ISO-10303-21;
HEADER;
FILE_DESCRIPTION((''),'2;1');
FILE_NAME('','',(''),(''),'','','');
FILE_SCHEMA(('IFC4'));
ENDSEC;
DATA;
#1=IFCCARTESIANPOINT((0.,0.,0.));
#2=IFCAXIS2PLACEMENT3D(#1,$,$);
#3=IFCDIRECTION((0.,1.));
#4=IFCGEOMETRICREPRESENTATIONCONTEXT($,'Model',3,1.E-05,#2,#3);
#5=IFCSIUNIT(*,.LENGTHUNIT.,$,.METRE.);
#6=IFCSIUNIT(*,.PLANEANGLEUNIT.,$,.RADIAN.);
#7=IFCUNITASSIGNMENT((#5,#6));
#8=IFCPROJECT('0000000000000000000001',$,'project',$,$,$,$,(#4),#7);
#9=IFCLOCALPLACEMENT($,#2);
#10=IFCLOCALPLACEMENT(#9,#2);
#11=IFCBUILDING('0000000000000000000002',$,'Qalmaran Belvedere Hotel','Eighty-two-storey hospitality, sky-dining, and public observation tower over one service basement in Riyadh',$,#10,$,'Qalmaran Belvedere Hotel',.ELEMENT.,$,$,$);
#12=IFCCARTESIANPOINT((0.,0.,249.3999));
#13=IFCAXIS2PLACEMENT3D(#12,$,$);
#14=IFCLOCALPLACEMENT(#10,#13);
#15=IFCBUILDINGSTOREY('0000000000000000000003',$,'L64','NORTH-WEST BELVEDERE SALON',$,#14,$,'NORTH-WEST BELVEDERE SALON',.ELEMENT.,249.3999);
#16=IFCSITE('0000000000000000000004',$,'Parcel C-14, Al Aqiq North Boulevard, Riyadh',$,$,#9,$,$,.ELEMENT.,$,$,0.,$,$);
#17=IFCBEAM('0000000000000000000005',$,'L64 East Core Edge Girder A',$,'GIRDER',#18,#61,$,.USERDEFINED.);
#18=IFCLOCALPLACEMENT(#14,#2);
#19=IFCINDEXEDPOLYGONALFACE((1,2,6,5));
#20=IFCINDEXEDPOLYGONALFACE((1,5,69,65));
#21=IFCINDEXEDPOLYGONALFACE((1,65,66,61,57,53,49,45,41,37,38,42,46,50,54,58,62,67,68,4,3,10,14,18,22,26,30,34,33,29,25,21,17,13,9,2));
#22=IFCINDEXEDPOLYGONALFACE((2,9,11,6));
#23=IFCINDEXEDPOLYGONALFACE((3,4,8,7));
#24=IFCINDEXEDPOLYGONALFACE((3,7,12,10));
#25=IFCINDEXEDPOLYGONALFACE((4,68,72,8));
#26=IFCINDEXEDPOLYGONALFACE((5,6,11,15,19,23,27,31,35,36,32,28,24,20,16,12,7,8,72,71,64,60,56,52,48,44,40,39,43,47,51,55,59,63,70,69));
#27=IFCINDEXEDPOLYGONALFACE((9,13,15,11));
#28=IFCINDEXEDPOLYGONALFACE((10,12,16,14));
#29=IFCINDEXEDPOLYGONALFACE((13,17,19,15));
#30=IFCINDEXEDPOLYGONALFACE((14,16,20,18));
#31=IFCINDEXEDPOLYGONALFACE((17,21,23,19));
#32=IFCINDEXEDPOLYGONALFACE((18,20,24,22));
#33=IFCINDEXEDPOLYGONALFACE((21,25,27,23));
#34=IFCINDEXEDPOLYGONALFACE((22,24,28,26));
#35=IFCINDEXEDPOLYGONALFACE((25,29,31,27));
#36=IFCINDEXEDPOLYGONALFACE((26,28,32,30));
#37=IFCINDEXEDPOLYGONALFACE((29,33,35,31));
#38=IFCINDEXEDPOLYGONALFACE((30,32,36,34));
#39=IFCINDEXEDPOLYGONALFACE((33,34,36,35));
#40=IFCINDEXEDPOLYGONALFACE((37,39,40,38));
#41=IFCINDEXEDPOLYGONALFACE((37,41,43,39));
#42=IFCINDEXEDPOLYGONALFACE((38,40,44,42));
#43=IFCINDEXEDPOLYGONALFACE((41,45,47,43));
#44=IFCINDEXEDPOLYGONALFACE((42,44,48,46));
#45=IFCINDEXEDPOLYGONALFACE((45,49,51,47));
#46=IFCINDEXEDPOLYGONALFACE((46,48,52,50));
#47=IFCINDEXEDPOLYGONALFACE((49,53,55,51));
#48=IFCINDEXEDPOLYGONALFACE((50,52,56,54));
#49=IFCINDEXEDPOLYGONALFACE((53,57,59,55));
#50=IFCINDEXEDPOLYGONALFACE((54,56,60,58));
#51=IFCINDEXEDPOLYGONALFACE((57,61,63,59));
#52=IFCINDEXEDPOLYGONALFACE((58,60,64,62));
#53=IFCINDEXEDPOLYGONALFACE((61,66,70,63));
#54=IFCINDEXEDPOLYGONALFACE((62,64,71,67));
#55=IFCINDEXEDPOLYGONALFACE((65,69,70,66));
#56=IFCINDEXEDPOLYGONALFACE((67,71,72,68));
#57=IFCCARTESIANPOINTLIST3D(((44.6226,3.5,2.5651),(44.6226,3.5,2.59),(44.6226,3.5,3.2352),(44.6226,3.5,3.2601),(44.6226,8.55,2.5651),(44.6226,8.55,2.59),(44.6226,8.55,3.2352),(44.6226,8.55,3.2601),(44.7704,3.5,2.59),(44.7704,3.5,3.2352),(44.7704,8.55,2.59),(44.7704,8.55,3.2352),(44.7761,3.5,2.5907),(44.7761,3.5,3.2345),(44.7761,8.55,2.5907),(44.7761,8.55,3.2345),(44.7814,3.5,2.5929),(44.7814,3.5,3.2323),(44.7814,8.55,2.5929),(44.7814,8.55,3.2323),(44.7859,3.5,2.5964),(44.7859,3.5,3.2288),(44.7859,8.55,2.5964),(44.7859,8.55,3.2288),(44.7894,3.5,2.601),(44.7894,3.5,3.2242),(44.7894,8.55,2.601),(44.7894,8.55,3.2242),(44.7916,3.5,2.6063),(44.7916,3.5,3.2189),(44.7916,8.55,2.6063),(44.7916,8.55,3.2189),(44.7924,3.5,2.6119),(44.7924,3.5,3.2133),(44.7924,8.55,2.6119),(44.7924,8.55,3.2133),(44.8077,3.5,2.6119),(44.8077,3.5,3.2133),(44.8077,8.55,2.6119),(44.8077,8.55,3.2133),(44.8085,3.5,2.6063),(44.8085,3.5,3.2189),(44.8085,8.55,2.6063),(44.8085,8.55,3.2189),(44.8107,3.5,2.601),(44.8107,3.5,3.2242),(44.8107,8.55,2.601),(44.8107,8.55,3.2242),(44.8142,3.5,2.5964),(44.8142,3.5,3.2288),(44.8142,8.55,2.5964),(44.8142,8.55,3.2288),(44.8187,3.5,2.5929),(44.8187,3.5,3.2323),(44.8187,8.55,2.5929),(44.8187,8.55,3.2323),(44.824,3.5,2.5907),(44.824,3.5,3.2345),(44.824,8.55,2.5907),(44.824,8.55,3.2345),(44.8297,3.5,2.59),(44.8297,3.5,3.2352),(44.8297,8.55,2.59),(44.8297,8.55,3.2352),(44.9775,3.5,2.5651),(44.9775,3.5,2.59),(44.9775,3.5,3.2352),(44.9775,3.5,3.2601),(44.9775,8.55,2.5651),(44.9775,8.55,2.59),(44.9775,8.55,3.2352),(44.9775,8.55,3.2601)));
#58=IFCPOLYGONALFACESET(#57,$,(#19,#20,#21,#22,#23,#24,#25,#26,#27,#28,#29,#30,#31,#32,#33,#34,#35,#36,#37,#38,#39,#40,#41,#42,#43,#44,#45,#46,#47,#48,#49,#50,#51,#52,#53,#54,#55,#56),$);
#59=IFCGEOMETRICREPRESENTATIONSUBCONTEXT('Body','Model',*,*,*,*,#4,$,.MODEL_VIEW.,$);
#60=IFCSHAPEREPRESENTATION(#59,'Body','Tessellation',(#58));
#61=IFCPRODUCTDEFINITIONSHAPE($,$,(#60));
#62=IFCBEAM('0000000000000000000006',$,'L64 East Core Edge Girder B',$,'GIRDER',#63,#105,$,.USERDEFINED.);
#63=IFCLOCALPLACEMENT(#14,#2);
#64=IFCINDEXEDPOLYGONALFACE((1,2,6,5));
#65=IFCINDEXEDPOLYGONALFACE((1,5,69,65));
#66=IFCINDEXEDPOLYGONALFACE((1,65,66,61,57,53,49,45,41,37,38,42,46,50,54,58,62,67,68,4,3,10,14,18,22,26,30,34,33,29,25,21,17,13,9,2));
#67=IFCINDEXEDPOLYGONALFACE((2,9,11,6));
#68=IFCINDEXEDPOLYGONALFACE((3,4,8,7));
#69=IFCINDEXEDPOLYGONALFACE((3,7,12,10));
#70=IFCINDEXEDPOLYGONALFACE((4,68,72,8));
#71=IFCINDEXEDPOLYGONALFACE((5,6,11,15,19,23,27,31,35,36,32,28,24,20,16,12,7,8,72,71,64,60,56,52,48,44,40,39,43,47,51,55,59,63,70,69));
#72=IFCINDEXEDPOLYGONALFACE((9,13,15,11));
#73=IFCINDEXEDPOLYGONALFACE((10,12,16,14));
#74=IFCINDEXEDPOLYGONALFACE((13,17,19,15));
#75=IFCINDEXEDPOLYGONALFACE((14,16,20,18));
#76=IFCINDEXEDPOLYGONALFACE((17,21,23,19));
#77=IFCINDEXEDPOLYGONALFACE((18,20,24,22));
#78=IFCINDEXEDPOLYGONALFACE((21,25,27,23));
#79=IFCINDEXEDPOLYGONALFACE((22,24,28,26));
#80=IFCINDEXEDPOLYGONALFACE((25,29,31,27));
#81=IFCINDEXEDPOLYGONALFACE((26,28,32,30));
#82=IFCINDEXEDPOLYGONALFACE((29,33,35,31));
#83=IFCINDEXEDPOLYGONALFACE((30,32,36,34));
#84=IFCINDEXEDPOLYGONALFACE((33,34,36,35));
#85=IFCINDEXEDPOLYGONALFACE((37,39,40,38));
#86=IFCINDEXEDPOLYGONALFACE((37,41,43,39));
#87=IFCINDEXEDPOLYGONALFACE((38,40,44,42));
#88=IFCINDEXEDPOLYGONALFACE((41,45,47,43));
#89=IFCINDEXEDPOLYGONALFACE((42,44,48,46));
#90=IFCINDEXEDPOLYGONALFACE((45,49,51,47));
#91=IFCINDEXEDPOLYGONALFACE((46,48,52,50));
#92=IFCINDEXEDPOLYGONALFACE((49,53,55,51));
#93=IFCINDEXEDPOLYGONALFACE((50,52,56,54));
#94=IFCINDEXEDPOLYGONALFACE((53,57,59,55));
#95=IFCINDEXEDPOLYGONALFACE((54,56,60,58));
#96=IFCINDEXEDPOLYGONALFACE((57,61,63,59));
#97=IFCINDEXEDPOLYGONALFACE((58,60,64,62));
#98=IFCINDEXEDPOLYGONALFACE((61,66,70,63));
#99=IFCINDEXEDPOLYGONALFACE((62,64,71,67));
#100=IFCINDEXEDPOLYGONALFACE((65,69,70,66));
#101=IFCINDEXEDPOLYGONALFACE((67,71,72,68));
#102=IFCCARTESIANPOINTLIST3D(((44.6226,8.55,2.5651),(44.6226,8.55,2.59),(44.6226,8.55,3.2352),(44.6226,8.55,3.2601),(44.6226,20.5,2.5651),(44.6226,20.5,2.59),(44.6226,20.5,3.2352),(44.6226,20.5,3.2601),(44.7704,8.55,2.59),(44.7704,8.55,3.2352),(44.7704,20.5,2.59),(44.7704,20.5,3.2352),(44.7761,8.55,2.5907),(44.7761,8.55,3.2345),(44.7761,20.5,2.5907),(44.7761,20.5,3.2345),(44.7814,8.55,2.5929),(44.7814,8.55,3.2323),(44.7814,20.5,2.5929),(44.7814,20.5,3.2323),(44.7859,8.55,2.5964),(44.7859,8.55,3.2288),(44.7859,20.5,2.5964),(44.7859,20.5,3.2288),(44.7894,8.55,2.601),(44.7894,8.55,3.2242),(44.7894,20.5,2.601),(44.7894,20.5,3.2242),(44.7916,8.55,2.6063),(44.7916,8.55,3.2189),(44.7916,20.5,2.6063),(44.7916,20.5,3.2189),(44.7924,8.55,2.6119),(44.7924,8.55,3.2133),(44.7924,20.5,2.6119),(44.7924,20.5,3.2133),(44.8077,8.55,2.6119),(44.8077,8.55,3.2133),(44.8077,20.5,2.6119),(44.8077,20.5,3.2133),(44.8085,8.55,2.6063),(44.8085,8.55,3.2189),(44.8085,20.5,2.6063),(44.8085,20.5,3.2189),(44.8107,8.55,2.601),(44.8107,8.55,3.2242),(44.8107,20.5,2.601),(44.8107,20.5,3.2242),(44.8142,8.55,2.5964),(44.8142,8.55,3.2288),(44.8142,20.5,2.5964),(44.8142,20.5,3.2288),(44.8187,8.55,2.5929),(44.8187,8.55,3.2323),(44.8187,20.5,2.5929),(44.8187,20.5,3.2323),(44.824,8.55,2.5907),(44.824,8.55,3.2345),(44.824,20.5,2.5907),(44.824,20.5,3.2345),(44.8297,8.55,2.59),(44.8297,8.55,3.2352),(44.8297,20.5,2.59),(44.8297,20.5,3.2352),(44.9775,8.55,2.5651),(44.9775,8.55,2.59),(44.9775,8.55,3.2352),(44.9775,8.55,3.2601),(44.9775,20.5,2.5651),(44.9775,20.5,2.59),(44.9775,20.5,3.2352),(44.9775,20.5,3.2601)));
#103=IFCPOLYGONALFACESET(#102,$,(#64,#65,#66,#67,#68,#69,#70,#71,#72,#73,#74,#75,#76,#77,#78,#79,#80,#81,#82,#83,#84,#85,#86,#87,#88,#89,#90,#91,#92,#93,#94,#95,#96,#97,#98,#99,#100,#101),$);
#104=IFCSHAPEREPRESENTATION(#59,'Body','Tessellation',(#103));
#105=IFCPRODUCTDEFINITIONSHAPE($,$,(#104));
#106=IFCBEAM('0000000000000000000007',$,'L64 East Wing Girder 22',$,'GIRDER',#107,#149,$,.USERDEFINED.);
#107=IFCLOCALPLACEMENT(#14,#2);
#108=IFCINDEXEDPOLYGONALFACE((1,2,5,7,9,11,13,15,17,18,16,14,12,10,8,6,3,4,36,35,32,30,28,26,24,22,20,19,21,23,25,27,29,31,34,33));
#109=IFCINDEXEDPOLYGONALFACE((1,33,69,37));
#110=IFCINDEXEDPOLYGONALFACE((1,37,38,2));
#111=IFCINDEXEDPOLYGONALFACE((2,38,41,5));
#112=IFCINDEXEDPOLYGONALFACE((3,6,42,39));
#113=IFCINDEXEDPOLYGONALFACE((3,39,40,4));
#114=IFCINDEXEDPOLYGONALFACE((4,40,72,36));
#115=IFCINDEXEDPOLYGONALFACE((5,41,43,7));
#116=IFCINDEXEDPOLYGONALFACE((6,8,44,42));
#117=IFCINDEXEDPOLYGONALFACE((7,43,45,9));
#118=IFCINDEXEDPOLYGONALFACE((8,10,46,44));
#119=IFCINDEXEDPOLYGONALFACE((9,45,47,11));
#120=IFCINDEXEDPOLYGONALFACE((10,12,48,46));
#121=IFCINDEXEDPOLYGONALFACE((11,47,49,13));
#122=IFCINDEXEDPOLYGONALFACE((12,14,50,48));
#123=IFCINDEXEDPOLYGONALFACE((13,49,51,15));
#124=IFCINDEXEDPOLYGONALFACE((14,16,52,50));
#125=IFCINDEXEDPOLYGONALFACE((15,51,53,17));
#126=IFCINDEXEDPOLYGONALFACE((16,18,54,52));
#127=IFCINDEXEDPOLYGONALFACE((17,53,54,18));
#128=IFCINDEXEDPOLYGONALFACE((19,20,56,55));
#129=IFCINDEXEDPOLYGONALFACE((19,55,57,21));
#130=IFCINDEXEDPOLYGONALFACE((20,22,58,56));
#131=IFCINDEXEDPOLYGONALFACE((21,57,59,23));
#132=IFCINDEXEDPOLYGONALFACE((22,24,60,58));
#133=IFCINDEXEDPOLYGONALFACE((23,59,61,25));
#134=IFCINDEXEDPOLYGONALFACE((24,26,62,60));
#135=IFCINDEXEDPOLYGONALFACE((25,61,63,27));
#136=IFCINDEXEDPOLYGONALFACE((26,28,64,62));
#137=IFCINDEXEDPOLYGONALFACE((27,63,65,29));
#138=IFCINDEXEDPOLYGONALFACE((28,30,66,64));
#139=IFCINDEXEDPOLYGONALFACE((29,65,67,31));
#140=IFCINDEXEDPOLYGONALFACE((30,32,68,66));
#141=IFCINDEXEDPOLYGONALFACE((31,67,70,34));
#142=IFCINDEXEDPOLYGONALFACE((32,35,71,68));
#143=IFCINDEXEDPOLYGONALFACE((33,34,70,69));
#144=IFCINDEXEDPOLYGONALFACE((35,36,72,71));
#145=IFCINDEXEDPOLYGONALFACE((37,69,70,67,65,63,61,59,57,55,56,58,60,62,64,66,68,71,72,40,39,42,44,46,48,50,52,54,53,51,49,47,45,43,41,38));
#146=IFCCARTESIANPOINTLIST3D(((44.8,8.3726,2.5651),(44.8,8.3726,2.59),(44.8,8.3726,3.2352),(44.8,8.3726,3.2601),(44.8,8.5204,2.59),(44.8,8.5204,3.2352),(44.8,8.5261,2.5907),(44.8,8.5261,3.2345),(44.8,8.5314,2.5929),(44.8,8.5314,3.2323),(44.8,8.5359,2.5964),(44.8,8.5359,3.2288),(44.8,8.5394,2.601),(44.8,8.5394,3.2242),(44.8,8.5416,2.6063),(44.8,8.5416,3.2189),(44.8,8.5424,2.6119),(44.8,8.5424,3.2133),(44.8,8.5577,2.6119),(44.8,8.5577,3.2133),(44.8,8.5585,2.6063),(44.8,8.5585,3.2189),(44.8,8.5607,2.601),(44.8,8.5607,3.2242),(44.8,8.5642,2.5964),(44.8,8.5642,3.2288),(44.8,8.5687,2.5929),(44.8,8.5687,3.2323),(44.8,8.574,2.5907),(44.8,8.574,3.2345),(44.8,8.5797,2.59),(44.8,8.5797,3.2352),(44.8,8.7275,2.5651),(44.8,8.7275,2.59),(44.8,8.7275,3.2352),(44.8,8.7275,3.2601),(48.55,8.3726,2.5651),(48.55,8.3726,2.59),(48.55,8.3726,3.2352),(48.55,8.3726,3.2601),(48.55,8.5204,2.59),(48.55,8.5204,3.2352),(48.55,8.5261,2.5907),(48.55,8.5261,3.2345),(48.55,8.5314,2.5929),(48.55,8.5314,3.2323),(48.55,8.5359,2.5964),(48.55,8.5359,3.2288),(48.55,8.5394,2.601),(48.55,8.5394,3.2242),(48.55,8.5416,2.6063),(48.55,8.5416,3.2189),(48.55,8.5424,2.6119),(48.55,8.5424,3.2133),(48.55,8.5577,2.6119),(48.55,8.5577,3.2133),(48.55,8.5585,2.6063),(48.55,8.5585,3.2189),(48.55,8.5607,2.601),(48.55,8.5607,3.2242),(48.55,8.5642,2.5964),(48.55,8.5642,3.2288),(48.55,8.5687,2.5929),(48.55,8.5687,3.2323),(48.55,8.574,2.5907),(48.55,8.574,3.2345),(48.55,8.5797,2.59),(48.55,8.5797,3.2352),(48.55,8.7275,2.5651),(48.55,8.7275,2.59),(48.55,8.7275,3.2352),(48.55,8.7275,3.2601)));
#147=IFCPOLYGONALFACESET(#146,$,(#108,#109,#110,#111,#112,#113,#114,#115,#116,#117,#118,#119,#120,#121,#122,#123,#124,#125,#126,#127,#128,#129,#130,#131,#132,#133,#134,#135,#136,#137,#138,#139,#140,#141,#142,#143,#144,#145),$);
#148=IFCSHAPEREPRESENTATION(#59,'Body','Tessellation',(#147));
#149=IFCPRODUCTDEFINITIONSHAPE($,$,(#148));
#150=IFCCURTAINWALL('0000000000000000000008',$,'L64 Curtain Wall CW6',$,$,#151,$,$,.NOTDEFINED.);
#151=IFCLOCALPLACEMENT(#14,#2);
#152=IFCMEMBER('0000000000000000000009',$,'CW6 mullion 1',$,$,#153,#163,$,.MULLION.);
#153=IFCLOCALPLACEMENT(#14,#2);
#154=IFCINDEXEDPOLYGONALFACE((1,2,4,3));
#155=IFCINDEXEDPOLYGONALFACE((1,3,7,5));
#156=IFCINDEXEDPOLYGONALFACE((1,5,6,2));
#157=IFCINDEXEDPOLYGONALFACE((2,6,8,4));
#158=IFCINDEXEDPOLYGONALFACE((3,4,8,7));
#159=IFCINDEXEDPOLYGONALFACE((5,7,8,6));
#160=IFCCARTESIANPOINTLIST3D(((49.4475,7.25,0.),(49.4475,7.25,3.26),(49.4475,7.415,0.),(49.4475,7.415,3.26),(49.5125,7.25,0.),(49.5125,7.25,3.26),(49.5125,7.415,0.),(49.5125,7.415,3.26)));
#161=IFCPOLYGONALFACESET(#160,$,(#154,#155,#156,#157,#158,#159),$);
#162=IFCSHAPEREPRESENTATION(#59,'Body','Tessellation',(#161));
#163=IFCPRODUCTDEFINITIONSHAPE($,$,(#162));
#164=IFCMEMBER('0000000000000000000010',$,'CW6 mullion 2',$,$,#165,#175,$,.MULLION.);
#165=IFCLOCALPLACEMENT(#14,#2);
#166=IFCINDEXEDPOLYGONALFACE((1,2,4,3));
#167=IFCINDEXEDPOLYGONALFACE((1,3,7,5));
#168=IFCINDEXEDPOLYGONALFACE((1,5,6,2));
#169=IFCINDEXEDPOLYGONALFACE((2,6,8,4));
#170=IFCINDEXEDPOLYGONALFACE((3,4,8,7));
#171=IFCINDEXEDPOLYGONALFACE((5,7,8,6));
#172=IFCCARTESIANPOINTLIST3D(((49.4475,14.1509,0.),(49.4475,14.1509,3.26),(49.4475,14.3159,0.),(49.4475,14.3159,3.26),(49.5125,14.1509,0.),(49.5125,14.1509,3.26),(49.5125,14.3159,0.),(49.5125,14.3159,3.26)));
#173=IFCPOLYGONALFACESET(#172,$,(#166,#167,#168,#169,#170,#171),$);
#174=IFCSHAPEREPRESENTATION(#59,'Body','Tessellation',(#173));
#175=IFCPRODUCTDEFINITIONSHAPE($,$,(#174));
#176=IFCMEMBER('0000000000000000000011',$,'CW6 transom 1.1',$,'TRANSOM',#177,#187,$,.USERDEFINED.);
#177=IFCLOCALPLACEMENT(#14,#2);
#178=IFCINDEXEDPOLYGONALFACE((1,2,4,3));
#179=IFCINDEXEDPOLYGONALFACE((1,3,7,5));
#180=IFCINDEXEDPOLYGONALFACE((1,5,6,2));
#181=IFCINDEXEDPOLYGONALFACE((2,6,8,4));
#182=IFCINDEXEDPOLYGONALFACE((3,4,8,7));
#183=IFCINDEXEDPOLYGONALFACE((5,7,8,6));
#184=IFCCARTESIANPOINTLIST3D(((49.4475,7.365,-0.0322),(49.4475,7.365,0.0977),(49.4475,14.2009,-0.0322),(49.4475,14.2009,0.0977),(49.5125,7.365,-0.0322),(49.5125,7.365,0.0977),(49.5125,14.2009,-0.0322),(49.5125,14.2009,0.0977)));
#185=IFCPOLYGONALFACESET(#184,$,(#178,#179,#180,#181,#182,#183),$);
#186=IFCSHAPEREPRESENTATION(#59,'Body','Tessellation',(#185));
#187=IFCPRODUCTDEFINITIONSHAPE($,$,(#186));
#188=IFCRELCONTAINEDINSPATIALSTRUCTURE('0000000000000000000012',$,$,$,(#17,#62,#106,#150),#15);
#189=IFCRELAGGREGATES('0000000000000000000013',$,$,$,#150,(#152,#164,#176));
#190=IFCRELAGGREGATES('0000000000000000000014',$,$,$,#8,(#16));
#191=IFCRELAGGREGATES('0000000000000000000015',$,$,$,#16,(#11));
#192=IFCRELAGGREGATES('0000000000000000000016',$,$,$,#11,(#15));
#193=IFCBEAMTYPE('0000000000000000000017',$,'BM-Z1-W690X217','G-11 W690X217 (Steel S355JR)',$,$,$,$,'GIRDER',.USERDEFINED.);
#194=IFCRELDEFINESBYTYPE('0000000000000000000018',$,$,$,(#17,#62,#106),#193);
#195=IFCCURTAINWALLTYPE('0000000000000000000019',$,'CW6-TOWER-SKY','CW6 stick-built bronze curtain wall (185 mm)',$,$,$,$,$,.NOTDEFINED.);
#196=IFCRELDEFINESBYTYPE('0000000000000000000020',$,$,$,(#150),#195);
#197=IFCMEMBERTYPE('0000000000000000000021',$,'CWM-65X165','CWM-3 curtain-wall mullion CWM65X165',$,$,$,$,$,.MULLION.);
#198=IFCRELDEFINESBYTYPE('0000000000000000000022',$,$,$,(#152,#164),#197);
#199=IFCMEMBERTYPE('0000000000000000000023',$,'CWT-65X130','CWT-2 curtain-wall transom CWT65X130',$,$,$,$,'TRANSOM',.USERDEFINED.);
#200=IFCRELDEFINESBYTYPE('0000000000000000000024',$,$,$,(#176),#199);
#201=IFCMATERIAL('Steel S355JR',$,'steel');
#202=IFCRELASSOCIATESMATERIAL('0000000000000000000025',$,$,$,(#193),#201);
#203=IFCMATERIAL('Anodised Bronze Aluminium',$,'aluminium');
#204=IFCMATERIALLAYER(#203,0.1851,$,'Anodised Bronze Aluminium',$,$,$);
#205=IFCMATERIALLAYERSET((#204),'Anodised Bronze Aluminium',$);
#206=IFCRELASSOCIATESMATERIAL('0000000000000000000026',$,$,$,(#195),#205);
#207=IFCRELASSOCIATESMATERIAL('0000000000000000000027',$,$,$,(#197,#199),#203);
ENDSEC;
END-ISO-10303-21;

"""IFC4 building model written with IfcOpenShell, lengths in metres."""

from ifc_helpers import new_model, si_unit, direction, frame, origin, origin_2d, place, context, subcontext, project, spatial, rectangle, i_section, extrude, material, layer, layer_set, material_profile, profile_set, type_object, element, aggregate, save


model = new_model("IFC4")

# Units and contexts
model_context = context("Model", 3, precision=1e-05, world=origin(), true_north=direction((0.0, 1.0)))
body_context = subcontext(model_context, "Body", "Model", "MODEL_VIEW")
ifc_project = project(units=[si_unit("LENGTHUNIT", "METRE"), si_unit("PLANEANGLEUNIT", "RADIAN")], contexts=[model_context])

# Site, building, storey
site_placement = place(None, origin())
site = spatial("IfcSite", under=ifc_project, at=site_placement, Name="Parcel C-14, Al Aqiq North Boulevard, Riyadh", CompositionType="ELEMENT", RefElevation=0.0)
building_placement = place(site_placement, origin())
building = spatial("IfcBuilding", under=site, at=building_placement, Name="Qalmaran Belvedere Hotel", Description="Eighty-two-storey hospitality, sky-dining, and public observation tower over one service basement in Riyadh", LongName="Qalmaran Belvedere Hotel", CompositionType="ELEMENT")
storey_placement = place(building_placement, frame((0.0, 0.0, 249.3999)))
storey = spatial("IfcBuildingStorey", under=building, at=storey_placement, Name="L64", Description="NORTH-WEST BELVEDERE SALON", LongName="NORTH-WEST BELVEDERE SALON", CompositionType="ELEMENT", Elevation=249.3999)

# Beams
ifc_material_1 = material(Name="Steel S355JR", Category="steel")
ifc_material_profile_1 = material_profile(ifc_material_1, i_section(OverallWidth=0.355, OverallDepth=0.6951, WebThickness=0.0154, FlangeThickness=0.0249, FilletRadius=0.022, at=origin_2d()), Name="W690X217")
ifc_profile_set_1 = profile_set([ifc_material_profile_1], Name="Steel S355JR")
beam_type_1 = type_object("IfcBeamType", Name="BM-Z1-W690X217", Description="G-11 W690X217 (Steel S355JR)", ElementType="GIRDER", PredefinedType="USERDEFINED", material=ifc_profile_set_1)
beam_1_placement = place(storey_placement, frame((44.8, 3.5, 2.9126), z_axis=(0.0, 1.0, 0.0), x_axis=(-1.0, 0.0, 0.0)))
element("IfcBeam", 1, at=beam_1_placement, inside=storey, type_object=beam_type_1, Name="L64 East Core Edge Girder A", ObjectType="GIRDER", PredefinedType="USERDEFINED", context=body_context, shape_type="SweptSolid", body=[
    extrude(i_section(OverallWidth=0.355, OverallDepth=0.6951, WebThickness=0.0154, FlangeThickness=0.0249, FilletRadius=0.022, at=origin_2d()), origin(), (0.0, 0.0, 1.0), 5.05),
])
beam_2_placement = place(storey_placement, frame((44.8, 8.55, 2.9126), z_axis=(0.0, 1.0, 0.0), x_axis=(-1.0, 0.0, 0.0)))
element("IfcBeam", 2, at=beam_2_placement, inside=storey, type_object=beam_type_1, Name="L64 East Core Edge Girder B", ObjectType="GIRDER", PredefinedType="USERDEFINED", context=body_context, shape_type="SweptSolid", body=[
    extrude(i_section(OverallWidth=0.355, OverallDepth=0.6951, WebThickness=0.0154, FlangeThickness=0.0249, FilletRadius=0.022, at=origin_2d()), origin(), (0.0, 0.0, 1.0), 11.95),
])
beam_3_placement = place(storey_placement, frame((44.8, 8.55, 2.9126), z_axis=(1.0, 0.0, 0.0), x_axis=(0.0, 1.0, 0.0)))
element("IfcBeam", 3, at=beam_3_placement, inside=storey, type_object=beam_type_1, Name="L64 East Wing Girder 22", ObjectType="GIRDER", PredefinedType="USERDEFINED", context=body_context, shape_type="SweptSolid", body=[
    extrude(i_section(OverallWidth=0.355, OverallDepth=0.6951, WebThickness=0.0154, FlangeThickness=0.0249, FilletRadius=0.022, at=origin_2d()), origin(), (0.0, 0.0, 1.0), 3.75),
])

# Curtain wall, members
ifc_material_2 = material(Name="Anodised Bronze Aluminium", Category="aluminium")
ifc_layer_1 = layer(ifc_material_2, 0.1851, Name="Anodised Bronze Aluminium")
ifc_layer_set_1 = layer_set([ifc_layer_1], Name="Anodised Bronze Aluminium")
curtain_wall_type = type_object("IfcCurtainWallType", Name="CW6-TOWER-SKY", Description="CW6 stick-built bronze curtain wall (185 mm)", PredefinedType="NOTDEFINED", material=ifc_layer_set_1)
curtain_wall_placement = place(storey_placement, origin())
curtain_wall = element("IfcCurtainWall", 4, at=curtain_wall_placement, inside=storey, type_object=curtain_wall_type, Name="L64 Curtain Wall CW6", PredefinedType="NOTDEFINED")
ifc_material_profile_2 = material_profile(ifc_material_2, rectangle(XDim=0.0649, YDim=0.165, at=origin_2d()), Name="CWM65X165")
ifc_profile_set_2 = profile_set([ifc_material_profile_2], Name="Anodised Bronze Aluminium")
member_type_1 = type_object("IfcMemberType", Name="CWM-65X165", Description="CWM-3 curtain-wall mullion CWM65X165", PredefinedType="MULLION", material=ifc_profile_set_2)
member_1_placement = place(storey_placement, frame((49.48, 7.3325, 0.0), z_axis=(0.0, 0.0, 1.0), x_axis=(-1.0, 0.0, 0.0)))
member_1 = element("IfcMember", 5, at=member_1_placement, type_object=member_type_1, Name="CW6 mullion 1", PredefinedType="MULLION", context=body_context, shape_type="SweptSolid", body=[
    extrude(rectangle(XDim=0.0649, YDim=0.165, at=origin_2d()), origin(), (0.0, 0.0, 1.0), 3.26),
])
member_2_placement = place(storey_placement, frame((49.48, 14.2334, 0.0), z_axis=(0.0, 0.0, 1.0), x_axis=(-1.0, 0.0, 0.0)))
member_2 = element("IfcMember", 6, at=member_2_placement, type_object=member_type_1, Name="CW6 mullion 2", PredefinedType="MULLION", context=body_context, shape_type="SweptSolid", body=[
    extrude(rectangle(XDim=0.0649, YDim=0.165, at=origin_2d()), origin(), (0.0, 0.0, 1.0), 3.26),
])
ifc_material_profile_3 = material_profile(ifc_material_2, rectangle(XDim=0.0649, YDim=0.1299, at=origin_2d()), Name="CWT65X130")
ifc_profile_set_3 = profile_set([ifc_material_profile_3], Name="Anodised Bronze Aluminium")
member_type_2 = type_object("IfcMemberType", Name="CWT-65X130", Description="CWT-2 curtain-wall transom CWT65X130", ElementType="TRANSOM", PredefinedType="USERDEFINED", material=ifc_profile_set_3)
member_3_placement = place(storey_placement, frame((49.48, 7.365, 0.0327), z_axis=(0.0, 1.0, 0.0), x_axis=(-1.0, 0.0, 0.0)))
member_3 = element("IfcMember", 7, at=member_3_placement, type_object=member_type_2, Name="CW6 transom 1.1", ObjectType="TRANSOM", PredefinedType="USERDEFINED", context=body_context, shape_type="SweptSolid", body=[
    extrude(rectangle(XDim=0.0649, YDim=0.1299, at=origin_2d()), origin(), (0.0, 0.0, 1.0), 6.8359),
])
aggregate(curtain_wall, [member_1, member_2, member_3])

save(model, "model.ifc")
